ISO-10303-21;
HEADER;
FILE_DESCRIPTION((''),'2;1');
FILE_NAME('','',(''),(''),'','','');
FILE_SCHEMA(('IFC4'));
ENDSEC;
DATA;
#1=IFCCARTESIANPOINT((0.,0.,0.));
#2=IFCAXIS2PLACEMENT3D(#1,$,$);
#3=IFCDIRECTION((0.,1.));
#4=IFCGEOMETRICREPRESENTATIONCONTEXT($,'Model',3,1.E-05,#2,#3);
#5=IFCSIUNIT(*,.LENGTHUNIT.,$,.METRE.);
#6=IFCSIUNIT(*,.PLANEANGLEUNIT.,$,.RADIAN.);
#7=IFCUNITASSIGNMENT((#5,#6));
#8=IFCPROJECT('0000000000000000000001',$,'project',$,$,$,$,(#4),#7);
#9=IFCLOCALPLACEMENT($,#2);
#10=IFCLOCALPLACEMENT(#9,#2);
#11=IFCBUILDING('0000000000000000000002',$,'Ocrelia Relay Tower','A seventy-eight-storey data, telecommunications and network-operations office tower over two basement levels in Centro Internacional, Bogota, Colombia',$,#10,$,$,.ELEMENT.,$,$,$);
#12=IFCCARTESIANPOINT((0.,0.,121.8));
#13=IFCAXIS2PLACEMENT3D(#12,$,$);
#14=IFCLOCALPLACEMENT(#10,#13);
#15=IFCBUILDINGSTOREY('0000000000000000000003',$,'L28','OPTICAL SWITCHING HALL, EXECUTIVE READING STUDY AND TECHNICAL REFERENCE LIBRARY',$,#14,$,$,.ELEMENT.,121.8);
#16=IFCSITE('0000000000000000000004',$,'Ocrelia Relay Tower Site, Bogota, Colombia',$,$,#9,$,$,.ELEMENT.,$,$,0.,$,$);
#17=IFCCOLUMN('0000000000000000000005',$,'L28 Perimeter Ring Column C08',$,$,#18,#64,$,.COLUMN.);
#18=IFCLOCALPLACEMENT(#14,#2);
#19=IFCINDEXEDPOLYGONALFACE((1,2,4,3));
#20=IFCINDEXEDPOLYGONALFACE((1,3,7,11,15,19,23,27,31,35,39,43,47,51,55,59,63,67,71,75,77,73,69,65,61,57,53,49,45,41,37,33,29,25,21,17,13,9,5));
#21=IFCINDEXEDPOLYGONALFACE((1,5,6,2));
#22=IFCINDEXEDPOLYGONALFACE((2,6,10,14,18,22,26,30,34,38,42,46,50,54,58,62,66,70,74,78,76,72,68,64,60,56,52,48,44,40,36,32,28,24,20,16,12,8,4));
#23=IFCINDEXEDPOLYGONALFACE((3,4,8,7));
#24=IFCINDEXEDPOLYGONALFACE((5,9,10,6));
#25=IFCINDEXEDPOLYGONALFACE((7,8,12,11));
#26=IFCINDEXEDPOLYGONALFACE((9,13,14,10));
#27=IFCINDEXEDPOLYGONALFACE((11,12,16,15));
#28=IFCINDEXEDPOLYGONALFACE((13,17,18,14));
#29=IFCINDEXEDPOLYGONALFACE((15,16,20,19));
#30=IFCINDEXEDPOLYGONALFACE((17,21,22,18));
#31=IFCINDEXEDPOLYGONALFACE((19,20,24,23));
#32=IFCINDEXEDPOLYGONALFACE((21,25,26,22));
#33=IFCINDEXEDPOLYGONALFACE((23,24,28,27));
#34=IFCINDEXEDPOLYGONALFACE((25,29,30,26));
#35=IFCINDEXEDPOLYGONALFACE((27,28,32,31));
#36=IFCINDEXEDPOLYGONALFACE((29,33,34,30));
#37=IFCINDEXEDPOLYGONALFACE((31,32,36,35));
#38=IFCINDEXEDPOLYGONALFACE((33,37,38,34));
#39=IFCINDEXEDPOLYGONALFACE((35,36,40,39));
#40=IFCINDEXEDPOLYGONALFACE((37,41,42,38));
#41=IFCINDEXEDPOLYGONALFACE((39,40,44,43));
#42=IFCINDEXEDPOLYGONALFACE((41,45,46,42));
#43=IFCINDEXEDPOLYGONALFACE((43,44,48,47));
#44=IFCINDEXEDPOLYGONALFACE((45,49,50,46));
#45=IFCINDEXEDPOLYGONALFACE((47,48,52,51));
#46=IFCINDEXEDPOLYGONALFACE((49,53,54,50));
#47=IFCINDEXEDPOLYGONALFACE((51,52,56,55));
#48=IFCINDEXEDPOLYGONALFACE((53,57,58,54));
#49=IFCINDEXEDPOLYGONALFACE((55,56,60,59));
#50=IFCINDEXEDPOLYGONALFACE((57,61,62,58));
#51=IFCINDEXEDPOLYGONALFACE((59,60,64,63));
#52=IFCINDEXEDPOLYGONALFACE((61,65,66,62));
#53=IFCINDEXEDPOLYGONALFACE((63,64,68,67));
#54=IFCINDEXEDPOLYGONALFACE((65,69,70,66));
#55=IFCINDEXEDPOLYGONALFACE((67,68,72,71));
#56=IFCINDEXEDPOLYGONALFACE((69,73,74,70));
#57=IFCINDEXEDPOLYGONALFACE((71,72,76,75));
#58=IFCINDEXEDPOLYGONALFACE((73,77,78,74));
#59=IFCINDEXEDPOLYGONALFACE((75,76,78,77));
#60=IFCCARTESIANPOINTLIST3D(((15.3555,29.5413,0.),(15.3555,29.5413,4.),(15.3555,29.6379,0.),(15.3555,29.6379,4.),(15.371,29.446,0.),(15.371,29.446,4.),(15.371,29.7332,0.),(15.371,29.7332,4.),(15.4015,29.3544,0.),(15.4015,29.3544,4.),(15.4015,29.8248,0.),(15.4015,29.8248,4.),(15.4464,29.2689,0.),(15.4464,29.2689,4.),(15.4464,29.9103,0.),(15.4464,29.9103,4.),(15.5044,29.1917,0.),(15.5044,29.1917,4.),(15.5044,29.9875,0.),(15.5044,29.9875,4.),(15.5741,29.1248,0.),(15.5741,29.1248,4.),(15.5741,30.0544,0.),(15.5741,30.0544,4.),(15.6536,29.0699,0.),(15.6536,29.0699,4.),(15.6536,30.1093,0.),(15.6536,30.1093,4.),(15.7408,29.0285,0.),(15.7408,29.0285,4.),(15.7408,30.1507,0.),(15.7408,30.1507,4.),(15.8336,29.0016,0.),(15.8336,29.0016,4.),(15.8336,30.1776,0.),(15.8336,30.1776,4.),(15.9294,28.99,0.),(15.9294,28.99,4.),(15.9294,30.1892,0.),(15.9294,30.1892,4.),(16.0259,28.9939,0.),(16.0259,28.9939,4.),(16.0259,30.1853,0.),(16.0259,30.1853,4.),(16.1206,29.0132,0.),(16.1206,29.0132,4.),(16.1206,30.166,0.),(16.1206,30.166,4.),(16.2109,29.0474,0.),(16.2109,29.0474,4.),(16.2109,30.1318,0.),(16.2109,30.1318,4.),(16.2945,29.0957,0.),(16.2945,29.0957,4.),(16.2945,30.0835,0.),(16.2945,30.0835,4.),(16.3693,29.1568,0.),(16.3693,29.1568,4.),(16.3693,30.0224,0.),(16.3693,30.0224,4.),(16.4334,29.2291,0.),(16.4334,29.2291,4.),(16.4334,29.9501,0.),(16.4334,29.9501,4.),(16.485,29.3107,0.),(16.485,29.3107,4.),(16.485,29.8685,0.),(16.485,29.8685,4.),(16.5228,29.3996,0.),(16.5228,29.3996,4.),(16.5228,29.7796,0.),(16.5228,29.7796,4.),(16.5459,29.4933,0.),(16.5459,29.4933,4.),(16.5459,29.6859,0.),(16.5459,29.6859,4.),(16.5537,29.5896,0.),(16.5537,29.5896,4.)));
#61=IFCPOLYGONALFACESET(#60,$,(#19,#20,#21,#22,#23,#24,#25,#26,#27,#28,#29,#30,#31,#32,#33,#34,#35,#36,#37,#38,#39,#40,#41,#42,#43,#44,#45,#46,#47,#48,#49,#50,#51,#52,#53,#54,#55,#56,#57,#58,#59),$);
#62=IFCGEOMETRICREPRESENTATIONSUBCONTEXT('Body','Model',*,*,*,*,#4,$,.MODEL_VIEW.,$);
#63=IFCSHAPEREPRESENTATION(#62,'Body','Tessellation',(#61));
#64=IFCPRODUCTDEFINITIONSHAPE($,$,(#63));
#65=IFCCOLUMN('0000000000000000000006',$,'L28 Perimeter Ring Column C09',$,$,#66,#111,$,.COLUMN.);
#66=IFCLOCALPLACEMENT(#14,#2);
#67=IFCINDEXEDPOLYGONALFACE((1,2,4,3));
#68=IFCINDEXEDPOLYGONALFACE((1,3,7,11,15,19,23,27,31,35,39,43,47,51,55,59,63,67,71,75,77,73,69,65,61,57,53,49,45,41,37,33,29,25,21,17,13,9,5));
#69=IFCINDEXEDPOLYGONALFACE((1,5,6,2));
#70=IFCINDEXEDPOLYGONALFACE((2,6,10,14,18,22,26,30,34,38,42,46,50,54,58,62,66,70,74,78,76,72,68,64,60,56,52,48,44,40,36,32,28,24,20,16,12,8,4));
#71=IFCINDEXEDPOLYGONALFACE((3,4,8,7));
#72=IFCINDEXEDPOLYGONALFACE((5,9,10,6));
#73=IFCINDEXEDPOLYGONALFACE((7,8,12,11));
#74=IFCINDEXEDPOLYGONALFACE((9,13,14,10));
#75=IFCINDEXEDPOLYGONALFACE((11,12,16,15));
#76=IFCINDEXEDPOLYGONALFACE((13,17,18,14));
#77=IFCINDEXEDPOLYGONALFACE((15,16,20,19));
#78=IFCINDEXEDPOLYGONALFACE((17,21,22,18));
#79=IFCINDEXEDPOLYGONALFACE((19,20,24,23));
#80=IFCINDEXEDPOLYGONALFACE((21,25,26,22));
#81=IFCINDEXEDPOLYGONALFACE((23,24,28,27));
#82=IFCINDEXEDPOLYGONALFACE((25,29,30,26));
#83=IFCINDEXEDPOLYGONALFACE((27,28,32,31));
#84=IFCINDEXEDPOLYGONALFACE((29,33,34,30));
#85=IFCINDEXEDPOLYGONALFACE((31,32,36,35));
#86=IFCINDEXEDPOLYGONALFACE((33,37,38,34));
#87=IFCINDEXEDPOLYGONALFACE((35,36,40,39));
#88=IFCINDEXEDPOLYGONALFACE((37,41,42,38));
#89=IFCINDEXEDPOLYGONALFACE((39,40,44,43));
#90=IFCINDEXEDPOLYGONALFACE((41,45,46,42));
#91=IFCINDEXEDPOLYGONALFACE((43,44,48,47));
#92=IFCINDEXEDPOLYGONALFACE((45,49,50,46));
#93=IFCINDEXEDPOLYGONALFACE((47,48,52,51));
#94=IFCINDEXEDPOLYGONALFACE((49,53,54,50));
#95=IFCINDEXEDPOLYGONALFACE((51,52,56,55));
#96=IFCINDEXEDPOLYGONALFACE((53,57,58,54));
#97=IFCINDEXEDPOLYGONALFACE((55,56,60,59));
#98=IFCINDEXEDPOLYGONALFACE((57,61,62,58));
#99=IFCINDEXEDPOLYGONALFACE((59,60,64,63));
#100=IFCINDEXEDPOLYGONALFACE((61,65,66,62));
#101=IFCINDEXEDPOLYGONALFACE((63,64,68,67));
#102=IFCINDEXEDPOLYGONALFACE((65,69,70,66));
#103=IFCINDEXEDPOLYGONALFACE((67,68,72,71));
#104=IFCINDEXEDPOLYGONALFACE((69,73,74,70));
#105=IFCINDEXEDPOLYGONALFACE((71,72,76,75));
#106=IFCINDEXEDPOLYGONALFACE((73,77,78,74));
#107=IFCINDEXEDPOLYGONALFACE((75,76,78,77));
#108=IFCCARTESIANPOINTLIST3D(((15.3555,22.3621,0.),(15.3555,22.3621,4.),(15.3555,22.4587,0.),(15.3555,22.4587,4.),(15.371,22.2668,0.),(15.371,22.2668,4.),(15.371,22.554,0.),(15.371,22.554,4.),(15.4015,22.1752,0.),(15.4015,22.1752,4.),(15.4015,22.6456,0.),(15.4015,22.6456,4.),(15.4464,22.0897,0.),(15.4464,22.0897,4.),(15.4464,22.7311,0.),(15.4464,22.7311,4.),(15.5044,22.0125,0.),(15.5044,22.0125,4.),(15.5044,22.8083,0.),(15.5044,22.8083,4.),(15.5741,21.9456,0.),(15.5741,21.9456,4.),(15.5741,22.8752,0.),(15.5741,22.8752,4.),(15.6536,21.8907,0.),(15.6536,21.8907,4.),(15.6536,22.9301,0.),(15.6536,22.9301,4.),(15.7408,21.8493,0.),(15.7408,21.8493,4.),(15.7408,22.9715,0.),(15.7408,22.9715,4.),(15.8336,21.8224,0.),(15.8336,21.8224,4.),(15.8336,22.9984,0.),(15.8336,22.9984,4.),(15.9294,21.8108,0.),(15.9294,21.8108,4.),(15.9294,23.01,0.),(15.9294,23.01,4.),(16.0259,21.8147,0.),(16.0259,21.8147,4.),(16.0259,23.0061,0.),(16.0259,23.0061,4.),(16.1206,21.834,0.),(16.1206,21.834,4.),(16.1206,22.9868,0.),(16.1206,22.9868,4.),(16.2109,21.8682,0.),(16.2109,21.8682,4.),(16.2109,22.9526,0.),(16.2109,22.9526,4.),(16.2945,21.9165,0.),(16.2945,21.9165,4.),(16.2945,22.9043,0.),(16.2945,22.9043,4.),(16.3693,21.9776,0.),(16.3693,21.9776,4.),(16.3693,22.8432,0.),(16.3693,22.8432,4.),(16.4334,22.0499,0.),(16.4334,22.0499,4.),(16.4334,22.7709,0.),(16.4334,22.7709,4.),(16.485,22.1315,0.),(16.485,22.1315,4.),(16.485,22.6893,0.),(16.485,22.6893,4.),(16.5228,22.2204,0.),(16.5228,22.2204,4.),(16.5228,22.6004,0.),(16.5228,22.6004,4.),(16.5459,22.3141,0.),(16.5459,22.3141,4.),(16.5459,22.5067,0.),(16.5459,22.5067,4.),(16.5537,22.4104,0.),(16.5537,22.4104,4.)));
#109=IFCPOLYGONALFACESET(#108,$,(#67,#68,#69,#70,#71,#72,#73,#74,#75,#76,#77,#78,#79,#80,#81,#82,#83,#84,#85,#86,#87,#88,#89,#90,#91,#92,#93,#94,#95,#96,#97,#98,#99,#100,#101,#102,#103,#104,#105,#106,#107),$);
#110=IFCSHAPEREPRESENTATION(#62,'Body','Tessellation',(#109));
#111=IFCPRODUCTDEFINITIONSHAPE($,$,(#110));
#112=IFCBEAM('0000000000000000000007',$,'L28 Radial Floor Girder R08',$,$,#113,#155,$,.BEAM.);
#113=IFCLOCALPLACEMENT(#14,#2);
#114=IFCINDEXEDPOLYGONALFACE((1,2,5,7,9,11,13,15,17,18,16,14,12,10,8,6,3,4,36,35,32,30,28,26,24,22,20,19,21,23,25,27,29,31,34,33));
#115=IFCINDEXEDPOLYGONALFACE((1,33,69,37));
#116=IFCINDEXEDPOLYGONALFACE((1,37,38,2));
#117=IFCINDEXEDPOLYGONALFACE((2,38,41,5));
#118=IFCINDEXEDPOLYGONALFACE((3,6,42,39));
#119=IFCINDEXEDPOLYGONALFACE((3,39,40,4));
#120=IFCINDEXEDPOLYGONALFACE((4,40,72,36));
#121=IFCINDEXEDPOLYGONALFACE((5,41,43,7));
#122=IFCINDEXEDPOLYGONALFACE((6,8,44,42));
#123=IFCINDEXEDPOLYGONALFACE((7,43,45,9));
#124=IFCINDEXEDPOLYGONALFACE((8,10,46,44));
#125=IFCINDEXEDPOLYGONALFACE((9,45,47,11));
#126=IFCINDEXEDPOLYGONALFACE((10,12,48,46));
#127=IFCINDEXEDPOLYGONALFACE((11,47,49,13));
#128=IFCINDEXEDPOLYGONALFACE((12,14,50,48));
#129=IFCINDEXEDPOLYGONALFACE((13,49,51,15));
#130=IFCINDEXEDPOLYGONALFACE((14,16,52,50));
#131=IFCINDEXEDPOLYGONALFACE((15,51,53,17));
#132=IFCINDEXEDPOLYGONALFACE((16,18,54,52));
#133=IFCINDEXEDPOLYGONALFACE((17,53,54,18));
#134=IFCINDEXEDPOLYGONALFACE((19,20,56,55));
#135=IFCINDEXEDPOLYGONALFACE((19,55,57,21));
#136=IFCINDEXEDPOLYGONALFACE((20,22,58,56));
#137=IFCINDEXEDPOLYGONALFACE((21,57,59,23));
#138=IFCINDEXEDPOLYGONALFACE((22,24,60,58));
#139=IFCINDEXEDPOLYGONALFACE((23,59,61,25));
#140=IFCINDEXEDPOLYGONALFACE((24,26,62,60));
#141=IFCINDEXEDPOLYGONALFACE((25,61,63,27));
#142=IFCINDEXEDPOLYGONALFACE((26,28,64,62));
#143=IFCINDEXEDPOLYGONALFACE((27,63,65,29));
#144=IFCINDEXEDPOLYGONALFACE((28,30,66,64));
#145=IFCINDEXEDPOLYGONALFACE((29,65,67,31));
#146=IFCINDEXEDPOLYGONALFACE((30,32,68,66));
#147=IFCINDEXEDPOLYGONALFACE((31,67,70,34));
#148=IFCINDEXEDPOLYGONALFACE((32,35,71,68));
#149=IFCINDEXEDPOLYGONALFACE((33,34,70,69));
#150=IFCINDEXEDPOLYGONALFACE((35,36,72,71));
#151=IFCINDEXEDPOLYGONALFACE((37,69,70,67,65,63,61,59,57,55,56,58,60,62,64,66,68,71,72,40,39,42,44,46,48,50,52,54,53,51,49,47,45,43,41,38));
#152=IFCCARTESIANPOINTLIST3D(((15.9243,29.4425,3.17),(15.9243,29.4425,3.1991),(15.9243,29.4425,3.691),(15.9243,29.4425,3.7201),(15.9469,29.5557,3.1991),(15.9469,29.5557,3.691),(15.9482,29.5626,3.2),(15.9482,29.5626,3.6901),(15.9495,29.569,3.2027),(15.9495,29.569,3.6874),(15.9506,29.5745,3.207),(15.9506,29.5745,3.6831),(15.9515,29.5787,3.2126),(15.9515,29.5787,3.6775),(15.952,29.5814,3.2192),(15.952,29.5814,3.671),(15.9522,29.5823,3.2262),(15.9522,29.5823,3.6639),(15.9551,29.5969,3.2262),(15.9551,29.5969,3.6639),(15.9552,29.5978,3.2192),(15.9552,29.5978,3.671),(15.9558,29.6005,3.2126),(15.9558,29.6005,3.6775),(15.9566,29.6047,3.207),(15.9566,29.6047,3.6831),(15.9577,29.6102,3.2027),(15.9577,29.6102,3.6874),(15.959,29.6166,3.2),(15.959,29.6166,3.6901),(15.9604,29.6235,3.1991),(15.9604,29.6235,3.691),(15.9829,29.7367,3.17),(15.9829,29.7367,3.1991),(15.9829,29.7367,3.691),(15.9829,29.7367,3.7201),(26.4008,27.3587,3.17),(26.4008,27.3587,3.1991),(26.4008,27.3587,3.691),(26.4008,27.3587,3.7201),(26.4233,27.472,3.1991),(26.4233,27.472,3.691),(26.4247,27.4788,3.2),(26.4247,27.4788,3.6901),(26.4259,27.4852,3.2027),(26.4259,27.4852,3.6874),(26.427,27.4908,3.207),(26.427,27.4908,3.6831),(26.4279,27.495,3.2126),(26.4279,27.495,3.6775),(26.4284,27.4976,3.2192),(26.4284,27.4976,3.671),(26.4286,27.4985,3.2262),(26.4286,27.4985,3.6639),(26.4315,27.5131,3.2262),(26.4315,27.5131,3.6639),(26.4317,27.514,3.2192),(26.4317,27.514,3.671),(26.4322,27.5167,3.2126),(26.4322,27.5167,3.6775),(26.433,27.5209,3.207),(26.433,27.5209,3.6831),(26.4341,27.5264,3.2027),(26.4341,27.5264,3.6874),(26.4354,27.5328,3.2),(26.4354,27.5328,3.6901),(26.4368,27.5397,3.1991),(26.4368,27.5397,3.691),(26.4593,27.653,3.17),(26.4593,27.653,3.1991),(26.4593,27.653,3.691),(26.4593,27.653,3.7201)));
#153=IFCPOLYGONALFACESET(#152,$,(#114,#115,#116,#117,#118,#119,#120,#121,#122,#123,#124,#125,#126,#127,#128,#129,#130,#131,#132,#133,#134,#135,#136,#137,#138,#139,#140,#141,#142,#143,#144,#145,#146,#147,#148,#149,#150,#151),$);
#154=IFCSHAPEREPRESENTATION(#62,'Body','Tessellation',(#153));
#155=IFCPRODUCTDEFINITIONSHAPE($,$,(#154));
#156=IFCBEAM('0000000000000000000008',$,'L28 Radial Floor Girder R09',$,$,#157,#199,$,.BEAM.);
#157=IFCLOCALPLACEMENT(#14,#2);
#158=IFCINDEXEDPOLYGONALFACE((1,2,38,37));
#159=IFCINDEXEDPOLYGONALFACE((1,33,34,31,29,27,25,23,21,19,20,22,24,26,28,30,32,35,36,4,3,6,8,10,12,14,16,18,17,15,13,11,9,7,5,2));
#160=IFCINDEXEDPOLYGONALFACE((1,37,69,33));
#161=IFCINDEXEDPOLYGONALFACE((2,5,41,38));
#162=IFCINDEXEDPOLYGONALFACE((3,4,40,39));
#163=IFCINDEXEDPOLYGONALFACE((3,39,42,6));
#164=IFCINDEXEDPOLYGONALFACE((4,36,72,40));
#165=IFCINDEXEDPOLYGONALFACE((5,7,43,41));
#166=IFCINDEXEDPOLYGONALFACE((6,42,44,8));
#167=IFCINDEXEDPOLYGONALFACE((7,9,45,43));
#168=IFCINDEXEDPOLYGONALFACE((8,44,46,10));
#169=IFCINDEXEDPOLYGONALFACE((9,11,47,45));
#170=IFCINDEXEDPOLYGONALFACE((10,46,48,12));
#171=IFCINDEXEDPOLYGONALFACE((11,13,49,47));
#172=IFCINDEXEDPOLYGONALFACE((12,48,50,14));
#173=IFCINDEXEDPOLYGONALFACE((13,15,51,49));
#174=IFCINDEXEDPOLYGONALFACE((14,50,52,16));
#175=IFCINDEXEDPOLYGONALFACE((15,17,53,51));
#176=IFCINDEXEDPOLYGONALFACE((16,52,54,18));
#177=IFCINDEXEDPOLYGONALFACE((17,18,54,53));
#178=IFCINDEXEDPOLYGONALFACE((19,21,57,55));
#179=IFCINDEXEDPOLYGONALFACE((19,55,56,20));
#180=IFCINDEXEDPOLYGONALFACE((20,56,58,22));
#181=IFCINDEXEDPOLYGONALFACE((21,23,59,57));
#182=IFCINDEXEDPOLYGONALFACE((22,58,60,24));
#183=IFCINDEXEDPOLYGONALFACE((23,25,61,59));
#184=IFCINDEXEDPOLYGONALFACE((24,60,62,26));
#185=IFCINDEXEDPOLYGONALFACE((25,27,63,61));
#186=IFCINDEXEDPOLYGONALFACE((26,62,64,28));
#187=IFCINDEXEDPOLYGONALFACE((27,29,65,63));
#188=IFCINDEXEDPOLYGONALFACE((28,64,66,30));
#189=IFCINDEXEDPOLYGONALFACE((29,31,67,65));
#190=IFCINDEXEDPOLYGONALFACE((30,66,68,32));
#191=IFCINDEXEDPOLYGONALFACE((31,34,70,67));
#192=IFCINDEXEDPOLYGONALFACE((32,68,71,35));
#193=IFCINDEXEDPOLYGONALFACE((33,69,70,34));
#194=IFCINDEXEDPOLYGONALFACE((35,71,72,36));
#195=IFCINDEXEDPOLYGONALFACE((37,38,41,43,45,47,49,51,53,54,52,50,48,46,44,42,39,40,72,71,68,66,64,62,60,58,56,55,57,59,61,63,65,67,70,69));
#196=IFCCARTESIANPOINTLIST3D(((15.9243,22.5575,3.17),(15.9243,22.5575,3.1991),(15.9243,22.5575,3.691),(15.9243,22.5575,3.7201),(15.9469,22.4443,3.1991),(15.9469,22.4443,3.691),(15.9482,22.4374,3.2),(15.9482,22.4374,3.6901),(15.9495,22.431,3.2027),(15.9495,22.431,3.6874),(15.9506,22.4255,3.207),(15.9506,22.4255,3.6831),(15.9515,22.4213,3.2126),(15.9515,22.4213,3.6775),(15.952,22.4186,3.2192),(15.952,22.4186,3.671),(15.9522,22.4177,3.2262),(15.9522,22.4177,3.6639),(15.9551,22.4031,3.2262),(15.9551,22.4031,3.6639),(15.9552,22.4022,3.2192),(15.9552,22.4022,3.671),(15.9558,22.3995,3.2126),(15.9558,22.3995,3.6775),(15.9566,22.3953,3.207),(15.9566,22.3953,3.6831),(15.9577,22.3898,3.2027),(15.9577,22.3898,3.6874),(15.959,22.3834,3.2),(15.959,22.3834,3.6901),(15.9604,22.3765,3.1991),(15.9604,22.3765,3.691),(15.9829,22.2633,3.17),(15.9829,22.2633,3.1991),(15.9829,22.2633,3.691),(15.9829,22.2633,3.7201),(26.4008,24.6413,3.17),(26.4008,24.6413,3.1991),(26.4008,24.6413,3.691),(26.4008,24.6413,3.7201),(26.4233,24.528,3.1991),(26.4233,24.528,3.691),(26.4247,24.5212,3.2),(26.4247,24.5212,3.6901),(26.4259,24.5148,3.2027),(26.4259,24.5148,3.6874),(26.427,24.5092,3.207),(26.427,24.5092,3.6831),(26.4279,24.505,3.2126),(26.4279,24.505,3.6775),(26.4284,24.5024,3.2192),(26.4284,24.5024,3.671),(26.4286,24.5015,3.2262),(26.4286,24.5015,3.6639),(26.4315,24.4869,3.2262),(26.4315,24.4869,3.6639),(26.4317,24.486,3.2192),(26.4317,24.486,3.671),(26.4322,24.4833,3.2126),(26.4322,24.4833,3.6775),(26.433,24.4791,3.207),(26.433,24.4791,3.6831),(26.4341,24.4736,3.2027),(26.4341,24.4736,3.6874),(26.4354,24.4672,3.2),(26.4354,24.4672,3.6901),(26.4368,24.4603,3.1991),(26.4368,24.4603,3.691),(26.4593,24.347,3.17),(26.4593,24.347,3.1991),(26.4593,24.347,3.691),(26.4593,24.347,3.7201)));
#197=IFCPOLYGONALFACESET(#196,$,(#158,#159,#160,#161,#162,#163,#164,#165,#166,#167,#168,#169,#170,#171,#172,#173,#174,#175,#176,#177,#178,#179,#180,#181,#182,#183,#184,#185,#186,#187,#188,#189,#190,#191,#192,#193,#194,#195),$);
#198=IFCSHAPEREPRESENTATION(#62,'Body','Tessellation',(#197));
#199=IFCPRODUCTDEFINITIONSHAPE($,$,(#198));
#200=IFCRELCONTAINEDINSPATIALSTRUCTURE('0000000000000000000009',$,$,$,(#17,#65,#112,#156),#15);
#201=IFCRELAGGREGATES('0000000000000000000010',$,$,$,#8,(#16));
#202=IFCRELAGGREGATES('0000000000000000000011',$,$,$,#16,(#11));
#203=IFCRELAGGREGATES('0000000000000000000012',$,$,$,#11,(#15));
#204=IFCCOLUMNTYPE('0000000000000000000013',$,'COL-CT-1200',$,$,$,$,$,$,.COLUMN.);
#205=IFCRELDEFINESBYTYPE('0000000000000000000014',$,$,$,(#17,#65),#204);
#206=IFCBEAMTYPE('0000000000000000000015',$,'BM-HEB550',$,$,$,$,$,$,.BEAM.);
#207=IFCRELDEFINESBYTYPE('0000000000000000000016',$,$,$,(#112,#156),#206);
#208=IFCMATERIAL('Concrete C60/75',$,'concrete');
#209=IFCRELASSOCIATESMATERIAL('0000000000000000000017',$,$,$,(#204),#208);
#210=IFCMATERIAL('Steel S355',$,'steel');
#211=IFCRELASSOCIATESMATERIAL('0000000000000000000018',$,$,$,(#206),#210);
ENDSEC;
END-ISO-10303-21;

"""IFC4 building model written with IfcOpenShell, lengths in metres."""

from ifc_helpers import new_model, si_unit, direction, frame, origin, origin_2d, place, context, subcontext, project, spatial, circle, i_section, extrude, material, material_profile, profile_set, type_object, element, save


model = new_model("IFC4")

# Units and contexts
model_context = context("Model", 3, precision=1e-05, world=origin(), true_north=direction((0.0, 1.0)))
body_context = subcontext(model_context, "Body", "Model", "MODEL_VIEW")
ifc_project = project(units=[si_unit("LENGTHUNIT", "METRE"), si_unit("PLANEANGLEUNIT", "RADIAN")], contexts=[model_context])

# Site, building, storey
site_placement = place(None, origin())
site = spatial("IfcSite", under=ifc_project, at=site_placement, Name="Ocrelia Relay Tower Site, Bogota, Colombia", CompositionType="ELEMENT", RefElevation=0.0)
building_placement = place(site_placement, origin())
building = spatial("IfcBuilding", under=site, at=building_placement, Name="Ocrelia Relay Tower", Description="A seventy-eight-storey data, telecommunications and network-operations office tower over two basement levels in Centro Internacional, Bogota, Colombia", CompositionType="ELEMENT")
storey_placement = place(building_placement, frame((0.0, 0.0, 121.8)))
storey = spatial("IfcBuildingStorey", under=building, at=storey_placement, Name="L28", Description="OPTICAL SWITCHING HALL, EXECUTIVE READING STUDY AND TECHNICAL REFERENCE LIBRARY", CompositionType="ELEMENT", Elevation=121.8)

# Columns
ifc_material_1 = material(Name="Concrete C60/75", Category="concrete")
ifc_material_profile_1 = material_profile(ifc_material_1, circle(Radius=0.6001, at=origin_2d()), Name="RC-CIR-1200")
ifc_profile_set_1 = profile_set([ifc_material_profile_1], Name="Concrete C60/75")
column_type = type_object("IfcColumnType", Name="COL-CT-1200", PredefinedType="COLUMN", material=ifc_profile_set_1)
for number, where, z_axis, x_axis, name in (
    (1, (15.9536, 29.5896, 0.0), (0.0, 0.0, 1.0), (1.0, 0.0, 0.0), "L28 Perimeter Ring Column C08"),
    (2, (15.9536, 22.4104, 0.0), (0.0, 0.0, 1.0), (1.0, 0.0, 0.0), "L28 Perimeter Ring Column C09"),
):
    element("IfcColumn", number, at=place(storey_placement, frame(where, z_axis=z_axis, x_axis=x_axis)), inside=storey, type_object=column_type, Name=name, PredefinedType="COLUMN", context=body_context, shape_type="SweptSolid", body=[
        extrude(circle(Radius=0.6001, at=origin_2d()), origin(), (0.0, 0.0, 1.0), 4.0),
    ])

# Beams
ifc_material_2 = material(Name="Steel S355", Category="steel")
ifc_material_profile_2 = material_profile(ifc_material_2, i_section(OverallWidth=0.3, OverallDepth=0.55, WebThickness=0.0149, FlangeThickness=0.0291, FilletRadius=0.0271, at=origin_2d()), Name="HEB 550")
ifc_profile_set_2 = profile_set([ifc_material_profile_2], Name="Steel S355")
beam_type_1 = type_object("IfcBeamType", Name="BM-HEB550", PredefinedType="BEAM", material=ifc_profile_set_2)
for number, where, z_axis, x_axis, name in (
    (3, (15.9536, 29.5896, 3.4451), (0.980788, -0.195079, 0.0), (0.195079, 0.980788, 0.0), "L28 Radial Floor Girder R08"),
    (4, (15.9536, 22.4104, 3.4451), (0.980788, 0.195079, 0.0), (-0.195079, 0.980788, 0.0), "L28 Radial Floor Girder R09"),
):
    element("IfcBeam", number, at=place(storey_placement, frame(where, z_axis=z_axis, x_axis=x_axis)), inside=storey, type_object=beam_type_1, Name=name, PredefinedType="BEAM", context=body_context, shape_type="SweptSolid", body=[
        extrude(i_section(OverallWidth=0.3, OverallDepth=0.55, WebThickness=0.0149, FlangeThickness=0.0291, FilletRadius=0.0271, at=origin_2d()), origin(), (0.0, 0.0, 1.0), 10.6816),
    ])

save(model, "model.ifc")
